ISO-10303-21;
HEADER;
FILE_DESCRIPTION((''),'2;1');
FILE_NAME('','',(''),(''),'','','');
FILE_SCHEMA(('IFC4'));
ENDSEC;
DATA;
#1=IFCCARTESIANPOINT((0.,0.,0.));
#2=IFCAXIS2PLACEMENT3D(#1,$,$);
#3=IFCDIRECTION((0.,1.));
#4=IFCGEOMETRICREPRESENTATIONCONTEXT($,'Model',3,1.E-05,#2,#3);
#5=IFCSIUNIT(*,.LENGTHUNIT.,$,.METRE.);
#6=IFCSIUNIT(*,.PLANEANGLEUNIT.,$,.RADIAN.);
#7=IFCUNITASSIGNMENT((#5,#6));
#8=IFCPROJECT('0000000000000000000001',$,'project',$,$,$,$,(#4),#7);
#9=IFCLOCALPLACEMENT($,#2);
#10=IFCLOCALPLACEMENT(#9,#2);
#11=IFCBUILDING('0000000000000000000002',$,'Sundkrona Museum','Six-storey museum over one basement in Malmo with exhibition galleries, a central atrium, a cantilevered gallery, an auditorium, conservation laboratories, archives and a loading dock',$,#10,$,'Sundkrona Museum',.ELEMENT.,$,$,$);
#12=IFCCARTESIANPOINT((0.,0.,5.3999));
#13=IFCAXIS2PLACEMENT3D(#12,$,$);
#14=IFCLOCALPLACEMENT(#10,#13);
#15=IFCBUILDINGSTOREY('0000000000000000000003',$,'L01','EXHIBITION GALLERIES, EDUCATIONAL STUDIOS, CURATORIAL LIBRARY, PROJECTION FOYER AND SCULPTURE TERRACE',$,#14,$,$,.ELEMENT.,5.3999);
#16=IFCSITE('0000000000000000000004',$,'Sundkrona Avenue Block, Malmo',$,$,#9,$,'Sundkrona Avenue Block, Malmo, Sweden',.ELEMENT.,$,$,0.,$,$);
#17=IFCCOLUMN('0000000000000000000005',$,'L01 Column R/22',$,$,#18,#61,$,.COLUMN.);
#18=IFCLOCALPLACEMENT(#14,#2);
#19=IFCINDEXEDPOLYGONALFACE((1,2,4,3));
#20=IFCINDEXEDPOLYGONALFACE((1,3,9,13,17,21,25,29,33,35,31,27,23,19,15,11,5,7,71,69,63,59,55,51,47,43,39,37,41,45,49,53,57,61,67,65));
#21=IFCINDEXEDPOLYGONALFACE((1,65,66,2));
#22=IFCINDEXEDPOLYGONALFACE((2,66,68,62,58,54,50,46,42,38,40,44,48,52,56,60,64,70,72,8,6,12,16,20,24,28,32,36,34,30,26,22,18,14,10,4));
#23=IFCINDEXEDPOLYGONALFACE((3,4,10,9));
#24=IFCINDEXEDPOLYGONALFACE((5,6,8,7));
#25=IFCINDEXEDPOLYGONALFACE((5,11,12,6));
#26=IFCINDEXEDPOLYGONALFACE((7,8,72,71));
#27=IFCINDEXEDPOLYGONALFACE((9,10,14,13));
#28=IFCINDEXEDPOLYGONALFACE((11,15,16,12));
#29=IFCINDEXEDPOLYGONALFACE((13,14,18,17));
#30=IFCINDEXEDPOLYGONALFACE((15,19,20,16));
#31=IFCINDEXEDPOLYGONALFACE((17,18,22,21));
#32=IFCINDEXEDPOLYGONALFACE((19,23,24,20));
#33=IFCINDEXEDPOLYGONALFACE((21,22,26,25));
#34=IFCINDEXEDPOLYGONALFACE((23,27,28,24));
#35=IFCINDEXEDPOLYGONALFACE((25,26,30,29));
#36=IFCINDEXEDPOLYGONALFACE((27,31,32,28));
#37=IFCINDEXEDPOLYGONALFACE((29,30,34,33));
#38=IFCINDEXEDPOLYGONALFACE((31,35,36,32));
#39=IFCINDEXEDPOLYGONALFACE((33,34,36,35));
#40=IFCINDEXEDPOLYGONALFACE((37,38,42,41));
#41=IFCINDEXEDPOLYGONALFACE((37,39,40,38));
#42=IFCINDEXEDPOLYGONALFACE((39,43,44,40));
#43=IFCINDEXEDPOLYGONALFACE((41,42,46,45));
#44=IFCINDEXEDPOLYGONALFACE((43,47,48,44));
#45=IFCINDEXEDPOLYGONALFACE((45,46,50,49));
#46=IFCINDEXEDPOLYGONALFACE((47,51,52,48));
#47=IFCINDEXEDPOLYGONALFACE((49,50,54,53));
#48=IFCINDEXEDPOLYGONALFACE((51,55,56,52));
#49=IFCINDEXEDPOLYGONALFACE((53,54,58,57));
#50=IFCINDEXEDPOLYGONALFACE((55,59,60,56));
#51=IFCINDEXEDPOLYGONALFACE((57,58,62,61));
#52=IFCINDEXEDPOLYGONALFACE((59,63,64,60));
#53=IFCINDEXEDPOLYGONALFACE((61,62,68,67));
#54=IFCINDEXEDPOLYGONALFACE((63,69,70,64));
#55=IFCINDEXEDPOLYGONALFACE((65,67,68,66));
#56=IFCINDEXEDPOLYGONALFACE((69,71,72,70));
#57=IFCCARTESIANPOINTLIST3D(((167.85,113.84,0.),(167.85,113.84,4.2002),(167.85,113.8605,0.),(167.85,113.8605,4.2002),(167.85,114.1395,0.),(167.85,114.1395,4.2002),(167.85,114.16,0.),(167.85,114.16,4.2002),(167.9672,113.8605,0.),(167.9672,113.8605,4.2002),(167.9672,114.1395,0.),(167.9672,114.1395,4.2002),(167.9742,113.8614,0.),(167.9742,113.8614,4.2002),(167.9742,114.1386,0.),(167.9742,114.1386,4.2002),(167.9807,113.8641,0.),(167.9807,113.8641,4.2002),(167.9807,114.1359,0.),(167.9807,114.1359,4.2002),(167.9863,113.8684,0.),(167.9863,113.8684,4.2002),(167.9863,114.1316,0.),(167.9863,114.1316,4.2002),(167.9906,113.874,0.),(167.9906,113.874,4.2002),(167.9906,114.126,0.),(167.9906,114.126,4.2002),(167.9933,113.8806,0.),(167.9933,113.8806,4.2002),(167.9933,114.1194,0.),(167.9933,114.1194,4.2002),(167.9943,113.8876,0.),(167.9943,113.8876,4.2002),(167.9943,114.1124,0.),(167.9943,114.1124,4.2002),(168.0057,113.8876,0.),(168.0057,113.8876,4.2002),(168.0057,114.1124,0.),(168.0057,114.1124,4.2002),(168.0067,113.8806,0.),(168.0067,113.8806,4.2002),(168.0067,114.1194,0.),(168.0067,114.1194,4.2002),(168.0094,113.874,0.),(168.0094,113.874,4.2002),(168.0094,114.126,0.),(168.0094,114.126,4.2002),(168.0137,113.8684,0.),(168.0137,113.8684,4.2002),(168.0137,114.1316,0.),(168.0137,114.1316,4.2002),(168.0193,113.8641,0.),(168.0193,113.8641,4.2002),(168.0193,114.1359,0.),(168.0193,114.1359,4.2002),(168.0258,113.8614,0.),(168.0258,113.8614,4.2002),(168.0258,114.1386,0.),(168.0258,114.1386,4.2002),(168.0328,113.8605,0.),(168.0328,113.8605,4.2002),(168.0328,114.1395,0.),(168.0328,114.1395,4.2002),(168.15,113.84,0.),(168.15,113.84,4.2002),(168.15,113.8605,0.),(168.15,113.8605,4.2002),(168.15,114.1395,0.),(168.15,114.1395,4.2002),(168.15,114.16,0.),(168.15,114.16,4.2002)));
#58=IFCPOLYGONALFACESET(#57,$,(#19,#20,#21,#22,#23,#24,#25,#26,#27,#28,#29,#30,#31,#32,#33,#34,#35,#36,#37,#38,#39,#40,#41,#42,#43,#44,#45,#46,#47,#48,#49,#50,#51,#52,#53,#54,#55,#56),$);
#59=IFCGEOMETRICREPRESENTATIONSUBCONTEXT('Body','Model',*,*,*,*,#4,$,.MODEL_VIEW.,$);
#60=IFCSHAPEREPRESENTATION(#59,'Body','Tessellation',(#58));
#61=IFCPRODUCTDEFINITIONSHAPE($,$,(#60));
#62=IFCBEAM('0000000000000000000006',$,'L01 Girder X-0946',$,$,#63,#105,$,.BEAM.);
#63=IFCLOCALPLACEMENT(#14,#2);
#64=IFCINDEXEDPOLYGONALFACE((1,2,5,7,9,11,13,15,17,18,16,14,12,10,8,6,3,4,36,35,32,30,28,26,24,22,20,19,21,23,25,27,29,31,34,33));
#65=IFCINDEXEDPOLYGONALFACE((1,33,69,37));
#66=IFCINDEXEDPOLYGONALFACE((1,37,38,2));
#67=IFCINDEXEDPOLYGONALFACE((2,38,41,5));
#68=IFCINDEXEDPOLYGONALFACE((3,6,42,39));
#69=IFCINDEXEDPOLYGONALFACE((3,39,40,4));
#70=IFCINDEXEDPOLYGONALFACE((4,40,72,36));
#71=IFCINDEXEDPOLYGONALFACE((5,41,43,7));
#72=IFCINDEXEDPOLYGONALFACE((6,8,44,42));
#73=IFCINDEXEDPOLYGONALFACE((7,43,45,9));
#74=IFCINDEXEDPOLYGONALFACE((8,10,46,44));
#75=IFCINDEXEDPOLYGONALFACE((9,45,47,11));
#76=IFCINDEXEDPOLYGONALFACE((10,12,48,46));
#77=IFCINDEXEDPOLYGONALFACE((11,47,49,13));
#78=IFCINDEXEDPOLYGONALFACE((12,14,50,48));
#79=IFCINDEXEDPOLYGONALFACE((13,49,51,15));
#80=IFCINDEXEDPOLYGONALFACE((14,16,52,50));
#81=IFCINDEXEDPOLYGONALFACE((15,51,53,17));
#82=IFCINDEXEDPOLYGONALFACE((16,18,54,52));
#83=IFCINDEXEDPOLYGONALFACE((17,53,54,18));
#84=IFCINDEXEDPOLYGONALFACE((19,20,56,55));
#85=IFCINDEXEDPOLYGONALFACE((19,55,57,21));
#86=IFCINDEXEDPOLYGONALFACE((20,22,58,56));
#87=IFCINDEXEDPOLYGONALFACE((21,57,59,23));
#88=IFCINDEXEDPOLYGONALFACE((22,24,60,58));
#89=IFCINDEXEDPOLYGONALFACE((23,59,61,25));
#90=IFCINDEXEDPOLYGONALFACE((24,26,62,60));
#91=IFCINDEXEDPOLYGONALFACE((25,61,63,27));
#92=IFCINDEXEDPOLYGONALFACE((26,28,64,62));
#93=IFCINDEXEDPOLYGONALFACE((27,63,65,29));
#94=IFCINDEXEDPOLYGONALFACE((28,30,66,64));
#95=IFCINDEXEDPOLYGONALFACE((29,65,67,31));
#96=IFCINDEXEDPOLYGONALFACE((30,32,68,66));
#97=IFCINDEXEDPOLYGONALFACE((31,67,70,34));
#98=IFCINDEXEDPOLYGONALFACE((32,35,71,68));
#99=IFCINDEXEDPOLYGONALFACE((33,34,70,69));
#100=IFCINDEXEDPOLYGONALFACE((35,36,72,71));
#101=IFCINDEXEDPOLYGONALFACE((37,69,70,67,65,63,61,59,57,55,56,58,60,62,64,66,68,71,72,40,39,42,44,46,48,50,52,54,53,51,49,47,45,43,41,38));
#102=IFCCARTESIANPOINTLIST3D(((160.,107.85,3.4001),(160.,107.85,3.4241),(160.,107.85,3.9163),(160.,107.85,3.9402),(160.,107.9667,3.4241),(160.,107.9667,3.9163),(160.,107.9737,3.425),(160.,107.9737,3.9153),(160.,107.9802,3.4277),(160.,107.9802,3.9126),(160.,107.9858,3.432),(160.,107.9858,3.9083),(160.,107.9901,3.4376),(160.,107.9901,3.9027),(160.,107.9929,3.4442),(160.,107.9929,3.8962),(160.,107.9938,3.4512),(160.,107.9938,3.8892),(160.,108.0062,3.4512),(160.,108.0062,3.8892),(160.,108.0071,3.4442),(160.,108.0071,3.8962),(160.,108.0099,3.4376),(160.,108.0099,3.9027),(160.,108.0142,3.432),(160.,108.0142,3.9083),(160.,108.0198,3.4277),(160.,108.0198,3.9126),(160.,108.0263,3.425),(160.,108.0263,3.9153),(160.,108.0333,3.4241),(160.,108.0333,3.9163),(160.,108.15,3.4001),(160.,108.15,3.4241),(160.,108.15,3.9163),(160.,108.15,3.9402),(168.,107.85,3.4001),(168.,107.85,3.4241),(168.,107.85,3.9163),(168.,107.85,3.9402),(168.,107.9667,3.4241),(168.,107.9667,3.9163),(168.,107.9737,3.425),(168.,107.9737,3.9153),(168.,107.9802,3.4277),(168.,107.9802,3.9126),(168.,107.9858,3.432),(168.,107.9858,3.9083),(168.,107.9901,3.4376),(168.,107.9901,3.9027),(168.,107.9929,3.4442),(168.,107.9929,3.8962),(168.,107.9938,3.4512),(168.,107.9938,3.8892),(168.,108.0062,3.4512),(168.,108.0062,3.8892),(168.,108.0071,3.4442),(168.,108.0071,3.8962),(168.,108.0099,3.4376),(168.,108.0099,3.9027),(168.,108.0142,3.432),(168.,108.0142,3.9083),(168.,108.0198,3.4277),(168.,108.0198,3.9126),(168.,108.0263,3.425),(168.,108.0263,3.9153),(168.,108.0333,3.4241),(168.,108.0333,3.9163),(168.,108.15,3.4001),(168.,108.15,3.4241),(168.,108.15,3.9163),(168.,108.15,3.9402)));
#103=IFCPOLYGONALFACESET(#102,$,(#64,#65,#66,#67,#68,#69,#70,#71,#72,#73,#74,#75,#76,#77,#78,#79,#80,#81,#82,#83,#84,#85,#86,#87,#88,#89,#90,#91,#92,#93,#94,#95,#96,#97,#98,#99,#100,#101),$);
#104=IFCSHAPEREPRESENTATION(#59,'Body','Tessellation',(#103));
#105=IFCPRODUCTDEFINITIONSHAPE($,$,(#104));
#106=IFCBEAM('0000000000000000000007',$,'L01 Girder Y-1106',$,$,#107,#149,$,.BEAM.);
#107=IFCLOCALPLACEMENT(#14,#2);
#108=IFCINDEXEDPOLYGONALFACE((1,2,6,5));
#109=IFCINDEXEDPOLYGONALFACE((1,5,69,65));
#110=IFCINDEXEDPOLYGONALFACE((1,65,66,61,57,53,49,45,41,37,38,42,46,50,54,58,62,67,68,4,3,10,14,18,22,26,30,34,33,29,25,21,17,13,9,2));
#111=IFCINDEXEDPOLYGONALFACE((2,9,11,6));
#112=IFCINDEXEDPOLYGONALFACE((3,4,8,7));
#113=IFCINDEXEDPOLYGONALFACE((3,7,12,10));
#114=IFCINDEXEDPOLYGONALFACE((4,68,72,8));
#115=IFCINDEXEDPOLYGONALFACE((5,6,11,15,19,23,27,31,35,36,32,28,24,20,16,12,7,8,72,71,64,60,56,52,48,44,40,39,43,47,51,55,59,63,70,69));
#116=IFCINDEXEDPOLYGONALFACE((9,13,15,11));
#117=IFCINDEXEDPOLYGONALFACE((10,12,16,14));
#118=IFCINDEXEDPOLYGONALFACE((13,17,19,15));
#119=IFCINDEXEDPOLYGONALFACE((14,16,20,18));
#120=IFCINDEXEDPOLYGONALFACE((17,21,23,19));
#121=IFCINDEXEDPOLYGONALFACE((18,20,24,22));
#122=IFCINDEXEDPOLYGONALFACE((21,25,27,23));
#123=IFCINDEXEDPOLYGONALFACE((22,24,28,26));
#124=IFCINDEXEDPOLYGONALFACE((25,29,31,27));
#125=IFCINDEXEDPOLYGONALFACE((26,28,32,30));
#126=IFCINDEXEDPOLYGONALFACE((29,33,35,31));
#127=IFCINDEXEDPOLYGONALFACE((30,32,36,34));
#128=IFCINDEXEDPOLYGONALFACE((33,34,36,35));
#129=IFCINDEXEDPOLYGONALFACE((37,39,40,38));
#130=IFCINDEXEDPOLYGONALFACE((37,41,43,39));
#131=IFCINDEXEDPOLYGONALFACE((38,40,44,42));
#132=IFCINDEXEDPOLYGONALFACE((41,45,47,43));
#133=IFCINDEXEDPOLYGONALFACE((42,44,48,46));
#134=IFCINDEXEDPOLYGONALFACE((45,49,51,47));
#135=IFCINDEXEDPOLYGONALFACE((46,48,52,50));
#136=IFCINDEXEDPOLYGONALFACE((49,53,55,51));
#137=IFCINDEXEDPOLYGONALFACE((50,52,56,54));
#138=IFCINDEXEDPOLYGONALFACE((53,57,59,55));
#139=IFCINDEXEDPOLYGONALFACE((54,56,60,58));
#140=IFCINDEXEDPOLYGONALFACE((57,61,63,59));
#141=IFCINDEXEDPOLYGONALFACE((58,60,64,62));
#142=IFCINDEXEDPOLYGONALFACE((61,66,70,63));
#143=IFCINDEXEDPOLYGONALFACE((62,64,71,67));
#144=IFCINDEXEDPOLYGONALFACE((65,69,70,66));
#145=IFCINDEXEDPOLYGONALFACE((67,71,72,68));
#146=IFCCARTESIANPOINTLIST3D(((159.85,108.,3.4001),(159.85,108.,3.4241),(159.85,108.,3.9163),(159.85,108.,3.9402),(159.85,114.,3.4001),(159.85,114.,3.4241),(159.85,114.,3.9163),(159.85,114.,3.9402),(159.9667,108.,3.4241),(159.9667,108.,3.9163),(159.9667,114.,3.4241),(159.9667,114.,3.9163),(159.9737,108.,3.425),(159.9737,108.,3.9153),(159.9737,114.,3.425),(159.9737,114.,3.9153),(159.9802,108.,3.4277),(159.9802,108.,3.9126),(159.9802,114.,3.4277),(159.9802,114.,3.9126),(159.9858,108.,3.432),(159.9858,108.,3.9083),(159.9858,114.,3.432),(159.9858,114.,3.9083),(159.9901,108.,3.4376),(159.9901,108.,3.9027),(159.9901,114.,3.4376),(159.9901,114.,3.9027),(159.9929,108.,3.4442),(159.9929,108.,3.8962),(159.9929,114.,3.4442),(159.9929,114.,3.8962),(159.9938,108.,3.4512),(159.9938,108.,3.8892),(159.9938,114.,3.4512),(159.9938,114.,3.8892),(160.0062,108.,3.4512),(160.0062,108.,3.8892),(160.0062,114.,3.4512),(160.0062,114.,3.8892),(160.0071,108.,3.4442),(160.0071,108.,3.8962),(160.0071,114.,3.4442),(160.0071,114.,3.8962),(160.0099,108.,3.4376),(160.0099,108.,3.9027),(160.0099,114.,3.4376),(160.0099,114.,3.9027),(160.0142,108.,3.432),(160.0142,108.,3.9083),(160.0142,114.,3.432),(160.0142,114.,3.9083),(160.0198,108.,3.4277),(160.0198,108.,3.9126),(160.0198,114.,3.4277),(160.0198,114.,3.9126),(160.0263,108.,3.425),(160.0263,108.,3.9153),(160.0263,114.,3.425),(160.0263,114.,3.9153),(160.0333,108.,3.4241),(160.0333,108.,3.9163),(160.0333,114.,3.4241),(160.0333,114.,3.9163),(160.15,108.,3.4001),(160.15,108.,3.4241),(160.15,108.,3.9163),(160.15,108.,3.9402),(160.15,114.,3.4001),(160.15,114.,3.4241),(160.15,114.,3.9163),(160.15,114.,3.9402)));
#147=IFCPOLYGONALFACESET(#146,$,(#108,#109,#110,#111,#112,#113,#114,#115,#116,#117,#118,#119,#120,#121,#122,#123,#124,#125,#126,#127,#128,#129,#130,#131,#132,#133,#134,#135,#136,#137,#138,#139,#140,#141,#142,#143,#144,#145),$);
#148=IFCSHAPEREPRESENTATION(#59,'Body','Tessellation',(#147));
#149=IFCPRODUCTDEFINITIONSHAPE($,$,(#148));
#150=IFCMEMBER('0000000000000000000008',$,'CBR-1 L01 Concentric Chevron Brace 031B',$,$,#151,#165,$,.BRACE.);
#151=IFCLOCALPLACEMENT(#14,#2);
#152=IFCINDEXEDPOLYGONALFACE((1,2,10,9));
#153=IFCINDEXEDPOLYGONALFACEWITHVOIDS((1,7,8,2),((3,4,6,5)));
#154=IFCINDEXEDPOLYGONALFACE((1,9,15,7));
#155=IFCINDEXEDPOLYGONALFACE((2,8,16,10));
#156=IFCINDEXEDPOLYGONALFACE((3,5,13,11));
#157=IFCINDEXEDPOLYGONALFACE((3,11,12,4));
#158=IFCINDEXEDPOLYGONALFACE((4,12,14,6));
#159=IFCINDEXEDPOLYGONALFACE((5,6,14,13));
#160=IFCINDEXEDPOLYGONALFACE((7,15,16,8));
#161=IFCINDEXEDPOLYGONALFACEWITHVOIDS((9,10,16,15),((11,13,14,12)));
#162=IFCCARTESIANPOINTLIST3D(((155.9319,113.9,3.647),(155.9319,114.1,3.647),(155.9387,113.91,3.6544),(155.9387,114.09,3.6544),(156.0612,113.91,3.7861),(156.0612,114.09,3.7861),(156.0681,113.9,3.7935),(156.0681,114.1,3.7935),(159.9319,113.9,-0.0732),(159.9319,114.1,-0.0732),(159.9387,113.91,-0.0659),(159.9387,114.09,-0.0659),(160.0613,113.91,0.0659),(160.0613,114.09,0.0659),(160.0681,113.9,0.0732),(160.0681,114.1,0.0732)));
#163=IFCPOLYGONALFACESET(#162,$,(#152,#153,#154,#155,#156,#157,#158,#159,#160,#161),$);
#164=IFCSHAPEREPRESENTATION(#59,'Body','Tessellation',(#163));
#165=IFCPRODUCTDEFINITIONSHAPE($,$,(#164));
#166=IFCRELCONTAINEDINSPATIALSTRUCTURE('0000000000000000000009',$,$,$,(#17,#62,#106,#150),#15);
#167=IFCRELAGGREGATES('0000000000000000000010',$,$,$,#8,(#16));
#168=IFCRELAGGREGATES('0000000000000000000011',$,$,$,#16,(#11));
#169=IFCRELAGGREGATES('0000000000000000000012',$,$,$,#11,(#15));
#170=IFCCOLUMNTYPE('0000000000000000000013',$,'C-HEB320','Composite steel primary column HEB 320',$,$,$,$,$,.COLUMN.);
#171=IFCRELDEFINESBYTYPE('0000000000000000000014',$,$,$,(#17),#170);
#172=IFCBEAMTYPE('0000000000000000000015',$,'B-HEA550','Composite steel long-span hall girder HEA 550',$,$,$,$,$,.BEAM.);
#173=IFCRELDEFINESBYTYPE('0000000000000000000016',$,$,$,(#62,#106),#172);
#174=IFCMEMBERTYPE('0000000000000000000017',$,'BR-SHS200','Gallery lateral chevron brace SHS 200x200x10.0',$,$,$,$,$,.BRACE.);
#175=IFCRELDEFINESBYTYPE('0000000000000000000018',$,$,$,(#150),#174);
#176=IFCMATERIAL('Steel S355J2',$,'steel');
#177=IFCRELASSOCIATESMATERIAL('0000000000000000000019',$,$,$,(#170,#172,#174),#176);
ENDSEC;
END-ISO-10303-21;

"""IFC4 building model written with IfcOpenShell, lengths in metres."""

from ifc_helpers import new_model, si_unit, direction, frame, origin, origin_2d, place, context, subcontext, project, spatial, hollow_rectangle, i_section, extrude, material, material_profile, profile_set, type_object, element, save


model = new_model("IFC4")

# Units and contexts
model_context = context("Model", 3, precision=1e-05, world=origin(), true_north=direction((0.0, 1.0)))
body_context = subcontext(model_context, "Body", "Model", "MODEL_VIEW")
ifc_project = project(units=[si_unit("LENGTHUNIT", "METRE"), si_unit("PLANEANGLEUNIT", "RADIAN")], contexts=[model_context])

# Site, building, storey
site_placement = place(None, origin())
site = spatial("IfcSite", under=ifc_project, at=site_placement, Name="Sundkrona Avenue Block, Malmo", LongName="Sundkrona Avenue Block, Malmo, Sweden", CompositionType="ELEMENT", RefElevation=0.0)
building_placement = place(site_placement, origin())
building = spatial("IfcBuilding", under=site, at=building_placement, Name="Sundkrona Museum", Description="Six-storey museum over one basement in Malmo with exhibition galleries, a central atrium, a cantilevered gallery, an auditorium, conservation laboratories, archives and a loading dock", LongName="Sundkrona Museum", CompositionType="ELEMENT")
storey_placement = place(building_placement, frame((0.0, 0.0, 5.3999)))
storey = spatial("IfcBuildingStorey", under=building, at=storey_placement, Name="L01", Description="EXHIBITION GALLERIES, EDUCATIONAL STUDIOS, CURATORIAL LIBRARY, PROJECTION FOYER AND SCULPTURE TERRACE", CompositionType="ELEMENT", Elevation=5.3999)

# Column
ifc_material_1 = material(Name="Steel S355J2", Category="steel")
ifc_material_profile_1 = material_profile(ifc_material_1, i_section(OverallWidth=0.3, OverallDepth=0.3201, WebThickness=0.0115, FlangeThickness=0.0205, FilletRadius=0.0271, at=origin_2d()), Name="HEB 320")
ifc_profile_set_1 = profile_set([ifc_material_profile_1], Name="Steel S355J2")
column_type = type_object("IfcColumnType", Name="C-HEB320", Description="Composite steel primary column HEB 320", PredefinedType="COLUMN", material=ifc_profile_set_1)
for number, where, z_axis, x_axis, name in (
    (1, (168.0, 114.0, 0.0), (0.0, 0.0, 1.0), (1.0, 0.0, 0.0), "L01 Column R/22"),
):
    element("IfcColumn", number, at=place(storey_placement, frame(where, z_axis=z_axis, x_axis=x_axis)), inside=storey, type_object=column_type, Name=name, PredefinedType="COLUMN", context=body_context, shape_type="SweptSolid", body=[
        extrude(i_section(OverallWidth=0.3, OverallDepth=0.3201, WebThickness=0.0115, FlangeThickness=0.0205, FilletRadius=0.0271, at=origin_2d()), origin(), (0.0, 0.0, 1.0), 4.2002),
    ])

# Beams
ifc_material_profile_2 = material_profile(ifc_material_1, i_section(OverallWidth=0.3, OverallDepth=0.54, WebThickness=0.0125, FlangeThickness=0.0239, FilletRadius=0.0271, at=origin_2d()), Name="HEA 550")
ifc_profile_set_2 = profile_set([ifc_material_profile_2], Name="Steel S355J2")
beam_type_1 = type_object("IfcBeamType", Name="B-HEA550", Description="Composite steel long-span hall girder HEA 550", PredefinedType="BEAM", material=ifc_profile_set_2)
beam_1_placement = place(storey_placement, frame((160.0, 108.0, 3.6702), z_axis=(1.0, 0.0, 0.0), x_axis=(0.0, 1.0, 0.0)))
element("IfcBeam", 2, at=beam_1_placement, inside=storey, type_object=beam_type_1, Name="L01 Girder X-0946", PredefinedType="BEAM", context=body_context, shape_type="SweptSolid", body=[
    extrude(i_section(OverallWidth=0.3, OverallDepth=0.54, WebThickness=0.0125, FlangeThickness=0.0239, FilletRadius=0.0271, at=origin_2d()), origin(), (0.0, 0.0, 1.0), 8.0),
])
beam_2_placement = place(storey_placement, frame((160.0, 108.0, 3.6702), z_axis=(0.0, 1.0, 0.0), x_axis=(-1.0, 0.0, 0.0)))
element("IfcBeam", 3, at=beam_2_placement, inside=storey, type_object=beam_type_1, Name="L01 Girder Y-1106", PredefinedType="BEAM", context=body_context, shape_type="SweptSolid", body=[
    extrude(i_section(OverallWidth=0.3, OverallDepth=0.54, WebThickness=0.0125, FlangeThickness=0.0239, FilletRadius=0.0271, at=origin_2d()), origin(), (0.0, 0.0, 1.0), 6.0),
])

# Member
ifc_material_profile_3 = material_profile(ifc_material_1, hollow_rectangle(XDim=0.2, YDim=0.2, WallThickness=0.01, at=origin_2d()), Name="SHS 200x200x10.0")
ifc_profile_set_3 = profile_set([ifc_material_profile_3], Name="Steel S355J2")
member_type = type_object("IfcMemberType", Name="BR-SHS200", Description="Gallery lateral chevron brace SHS 200x200x10.0", PredefinedType="BRACE", material=ifc_profile_set_3)
member_placement = place(storey_placement, frame((160.0, 114.0, 0.0), z_axis=(-0.732252, 0.0, 0.681034), x_axis=(0.0, -1.0, 0.0)))
element("IfcMember", 4, at=member_placement, inside=storey, type_object=member_type, Name="CBR-1 L01 Concentric Chevron Brace 031B", PredefinedType="BRACE", context=body_context, shape_type="SweptSolid", body=[
    extrude(hollow_rectangle(XDim=0.2, YDim=0.2, WallThickness=0.01, at=origin_2d()), origin(), (0.0, 0.0, 1.0), 5.4626),
])

save(model, "model.ifc")
